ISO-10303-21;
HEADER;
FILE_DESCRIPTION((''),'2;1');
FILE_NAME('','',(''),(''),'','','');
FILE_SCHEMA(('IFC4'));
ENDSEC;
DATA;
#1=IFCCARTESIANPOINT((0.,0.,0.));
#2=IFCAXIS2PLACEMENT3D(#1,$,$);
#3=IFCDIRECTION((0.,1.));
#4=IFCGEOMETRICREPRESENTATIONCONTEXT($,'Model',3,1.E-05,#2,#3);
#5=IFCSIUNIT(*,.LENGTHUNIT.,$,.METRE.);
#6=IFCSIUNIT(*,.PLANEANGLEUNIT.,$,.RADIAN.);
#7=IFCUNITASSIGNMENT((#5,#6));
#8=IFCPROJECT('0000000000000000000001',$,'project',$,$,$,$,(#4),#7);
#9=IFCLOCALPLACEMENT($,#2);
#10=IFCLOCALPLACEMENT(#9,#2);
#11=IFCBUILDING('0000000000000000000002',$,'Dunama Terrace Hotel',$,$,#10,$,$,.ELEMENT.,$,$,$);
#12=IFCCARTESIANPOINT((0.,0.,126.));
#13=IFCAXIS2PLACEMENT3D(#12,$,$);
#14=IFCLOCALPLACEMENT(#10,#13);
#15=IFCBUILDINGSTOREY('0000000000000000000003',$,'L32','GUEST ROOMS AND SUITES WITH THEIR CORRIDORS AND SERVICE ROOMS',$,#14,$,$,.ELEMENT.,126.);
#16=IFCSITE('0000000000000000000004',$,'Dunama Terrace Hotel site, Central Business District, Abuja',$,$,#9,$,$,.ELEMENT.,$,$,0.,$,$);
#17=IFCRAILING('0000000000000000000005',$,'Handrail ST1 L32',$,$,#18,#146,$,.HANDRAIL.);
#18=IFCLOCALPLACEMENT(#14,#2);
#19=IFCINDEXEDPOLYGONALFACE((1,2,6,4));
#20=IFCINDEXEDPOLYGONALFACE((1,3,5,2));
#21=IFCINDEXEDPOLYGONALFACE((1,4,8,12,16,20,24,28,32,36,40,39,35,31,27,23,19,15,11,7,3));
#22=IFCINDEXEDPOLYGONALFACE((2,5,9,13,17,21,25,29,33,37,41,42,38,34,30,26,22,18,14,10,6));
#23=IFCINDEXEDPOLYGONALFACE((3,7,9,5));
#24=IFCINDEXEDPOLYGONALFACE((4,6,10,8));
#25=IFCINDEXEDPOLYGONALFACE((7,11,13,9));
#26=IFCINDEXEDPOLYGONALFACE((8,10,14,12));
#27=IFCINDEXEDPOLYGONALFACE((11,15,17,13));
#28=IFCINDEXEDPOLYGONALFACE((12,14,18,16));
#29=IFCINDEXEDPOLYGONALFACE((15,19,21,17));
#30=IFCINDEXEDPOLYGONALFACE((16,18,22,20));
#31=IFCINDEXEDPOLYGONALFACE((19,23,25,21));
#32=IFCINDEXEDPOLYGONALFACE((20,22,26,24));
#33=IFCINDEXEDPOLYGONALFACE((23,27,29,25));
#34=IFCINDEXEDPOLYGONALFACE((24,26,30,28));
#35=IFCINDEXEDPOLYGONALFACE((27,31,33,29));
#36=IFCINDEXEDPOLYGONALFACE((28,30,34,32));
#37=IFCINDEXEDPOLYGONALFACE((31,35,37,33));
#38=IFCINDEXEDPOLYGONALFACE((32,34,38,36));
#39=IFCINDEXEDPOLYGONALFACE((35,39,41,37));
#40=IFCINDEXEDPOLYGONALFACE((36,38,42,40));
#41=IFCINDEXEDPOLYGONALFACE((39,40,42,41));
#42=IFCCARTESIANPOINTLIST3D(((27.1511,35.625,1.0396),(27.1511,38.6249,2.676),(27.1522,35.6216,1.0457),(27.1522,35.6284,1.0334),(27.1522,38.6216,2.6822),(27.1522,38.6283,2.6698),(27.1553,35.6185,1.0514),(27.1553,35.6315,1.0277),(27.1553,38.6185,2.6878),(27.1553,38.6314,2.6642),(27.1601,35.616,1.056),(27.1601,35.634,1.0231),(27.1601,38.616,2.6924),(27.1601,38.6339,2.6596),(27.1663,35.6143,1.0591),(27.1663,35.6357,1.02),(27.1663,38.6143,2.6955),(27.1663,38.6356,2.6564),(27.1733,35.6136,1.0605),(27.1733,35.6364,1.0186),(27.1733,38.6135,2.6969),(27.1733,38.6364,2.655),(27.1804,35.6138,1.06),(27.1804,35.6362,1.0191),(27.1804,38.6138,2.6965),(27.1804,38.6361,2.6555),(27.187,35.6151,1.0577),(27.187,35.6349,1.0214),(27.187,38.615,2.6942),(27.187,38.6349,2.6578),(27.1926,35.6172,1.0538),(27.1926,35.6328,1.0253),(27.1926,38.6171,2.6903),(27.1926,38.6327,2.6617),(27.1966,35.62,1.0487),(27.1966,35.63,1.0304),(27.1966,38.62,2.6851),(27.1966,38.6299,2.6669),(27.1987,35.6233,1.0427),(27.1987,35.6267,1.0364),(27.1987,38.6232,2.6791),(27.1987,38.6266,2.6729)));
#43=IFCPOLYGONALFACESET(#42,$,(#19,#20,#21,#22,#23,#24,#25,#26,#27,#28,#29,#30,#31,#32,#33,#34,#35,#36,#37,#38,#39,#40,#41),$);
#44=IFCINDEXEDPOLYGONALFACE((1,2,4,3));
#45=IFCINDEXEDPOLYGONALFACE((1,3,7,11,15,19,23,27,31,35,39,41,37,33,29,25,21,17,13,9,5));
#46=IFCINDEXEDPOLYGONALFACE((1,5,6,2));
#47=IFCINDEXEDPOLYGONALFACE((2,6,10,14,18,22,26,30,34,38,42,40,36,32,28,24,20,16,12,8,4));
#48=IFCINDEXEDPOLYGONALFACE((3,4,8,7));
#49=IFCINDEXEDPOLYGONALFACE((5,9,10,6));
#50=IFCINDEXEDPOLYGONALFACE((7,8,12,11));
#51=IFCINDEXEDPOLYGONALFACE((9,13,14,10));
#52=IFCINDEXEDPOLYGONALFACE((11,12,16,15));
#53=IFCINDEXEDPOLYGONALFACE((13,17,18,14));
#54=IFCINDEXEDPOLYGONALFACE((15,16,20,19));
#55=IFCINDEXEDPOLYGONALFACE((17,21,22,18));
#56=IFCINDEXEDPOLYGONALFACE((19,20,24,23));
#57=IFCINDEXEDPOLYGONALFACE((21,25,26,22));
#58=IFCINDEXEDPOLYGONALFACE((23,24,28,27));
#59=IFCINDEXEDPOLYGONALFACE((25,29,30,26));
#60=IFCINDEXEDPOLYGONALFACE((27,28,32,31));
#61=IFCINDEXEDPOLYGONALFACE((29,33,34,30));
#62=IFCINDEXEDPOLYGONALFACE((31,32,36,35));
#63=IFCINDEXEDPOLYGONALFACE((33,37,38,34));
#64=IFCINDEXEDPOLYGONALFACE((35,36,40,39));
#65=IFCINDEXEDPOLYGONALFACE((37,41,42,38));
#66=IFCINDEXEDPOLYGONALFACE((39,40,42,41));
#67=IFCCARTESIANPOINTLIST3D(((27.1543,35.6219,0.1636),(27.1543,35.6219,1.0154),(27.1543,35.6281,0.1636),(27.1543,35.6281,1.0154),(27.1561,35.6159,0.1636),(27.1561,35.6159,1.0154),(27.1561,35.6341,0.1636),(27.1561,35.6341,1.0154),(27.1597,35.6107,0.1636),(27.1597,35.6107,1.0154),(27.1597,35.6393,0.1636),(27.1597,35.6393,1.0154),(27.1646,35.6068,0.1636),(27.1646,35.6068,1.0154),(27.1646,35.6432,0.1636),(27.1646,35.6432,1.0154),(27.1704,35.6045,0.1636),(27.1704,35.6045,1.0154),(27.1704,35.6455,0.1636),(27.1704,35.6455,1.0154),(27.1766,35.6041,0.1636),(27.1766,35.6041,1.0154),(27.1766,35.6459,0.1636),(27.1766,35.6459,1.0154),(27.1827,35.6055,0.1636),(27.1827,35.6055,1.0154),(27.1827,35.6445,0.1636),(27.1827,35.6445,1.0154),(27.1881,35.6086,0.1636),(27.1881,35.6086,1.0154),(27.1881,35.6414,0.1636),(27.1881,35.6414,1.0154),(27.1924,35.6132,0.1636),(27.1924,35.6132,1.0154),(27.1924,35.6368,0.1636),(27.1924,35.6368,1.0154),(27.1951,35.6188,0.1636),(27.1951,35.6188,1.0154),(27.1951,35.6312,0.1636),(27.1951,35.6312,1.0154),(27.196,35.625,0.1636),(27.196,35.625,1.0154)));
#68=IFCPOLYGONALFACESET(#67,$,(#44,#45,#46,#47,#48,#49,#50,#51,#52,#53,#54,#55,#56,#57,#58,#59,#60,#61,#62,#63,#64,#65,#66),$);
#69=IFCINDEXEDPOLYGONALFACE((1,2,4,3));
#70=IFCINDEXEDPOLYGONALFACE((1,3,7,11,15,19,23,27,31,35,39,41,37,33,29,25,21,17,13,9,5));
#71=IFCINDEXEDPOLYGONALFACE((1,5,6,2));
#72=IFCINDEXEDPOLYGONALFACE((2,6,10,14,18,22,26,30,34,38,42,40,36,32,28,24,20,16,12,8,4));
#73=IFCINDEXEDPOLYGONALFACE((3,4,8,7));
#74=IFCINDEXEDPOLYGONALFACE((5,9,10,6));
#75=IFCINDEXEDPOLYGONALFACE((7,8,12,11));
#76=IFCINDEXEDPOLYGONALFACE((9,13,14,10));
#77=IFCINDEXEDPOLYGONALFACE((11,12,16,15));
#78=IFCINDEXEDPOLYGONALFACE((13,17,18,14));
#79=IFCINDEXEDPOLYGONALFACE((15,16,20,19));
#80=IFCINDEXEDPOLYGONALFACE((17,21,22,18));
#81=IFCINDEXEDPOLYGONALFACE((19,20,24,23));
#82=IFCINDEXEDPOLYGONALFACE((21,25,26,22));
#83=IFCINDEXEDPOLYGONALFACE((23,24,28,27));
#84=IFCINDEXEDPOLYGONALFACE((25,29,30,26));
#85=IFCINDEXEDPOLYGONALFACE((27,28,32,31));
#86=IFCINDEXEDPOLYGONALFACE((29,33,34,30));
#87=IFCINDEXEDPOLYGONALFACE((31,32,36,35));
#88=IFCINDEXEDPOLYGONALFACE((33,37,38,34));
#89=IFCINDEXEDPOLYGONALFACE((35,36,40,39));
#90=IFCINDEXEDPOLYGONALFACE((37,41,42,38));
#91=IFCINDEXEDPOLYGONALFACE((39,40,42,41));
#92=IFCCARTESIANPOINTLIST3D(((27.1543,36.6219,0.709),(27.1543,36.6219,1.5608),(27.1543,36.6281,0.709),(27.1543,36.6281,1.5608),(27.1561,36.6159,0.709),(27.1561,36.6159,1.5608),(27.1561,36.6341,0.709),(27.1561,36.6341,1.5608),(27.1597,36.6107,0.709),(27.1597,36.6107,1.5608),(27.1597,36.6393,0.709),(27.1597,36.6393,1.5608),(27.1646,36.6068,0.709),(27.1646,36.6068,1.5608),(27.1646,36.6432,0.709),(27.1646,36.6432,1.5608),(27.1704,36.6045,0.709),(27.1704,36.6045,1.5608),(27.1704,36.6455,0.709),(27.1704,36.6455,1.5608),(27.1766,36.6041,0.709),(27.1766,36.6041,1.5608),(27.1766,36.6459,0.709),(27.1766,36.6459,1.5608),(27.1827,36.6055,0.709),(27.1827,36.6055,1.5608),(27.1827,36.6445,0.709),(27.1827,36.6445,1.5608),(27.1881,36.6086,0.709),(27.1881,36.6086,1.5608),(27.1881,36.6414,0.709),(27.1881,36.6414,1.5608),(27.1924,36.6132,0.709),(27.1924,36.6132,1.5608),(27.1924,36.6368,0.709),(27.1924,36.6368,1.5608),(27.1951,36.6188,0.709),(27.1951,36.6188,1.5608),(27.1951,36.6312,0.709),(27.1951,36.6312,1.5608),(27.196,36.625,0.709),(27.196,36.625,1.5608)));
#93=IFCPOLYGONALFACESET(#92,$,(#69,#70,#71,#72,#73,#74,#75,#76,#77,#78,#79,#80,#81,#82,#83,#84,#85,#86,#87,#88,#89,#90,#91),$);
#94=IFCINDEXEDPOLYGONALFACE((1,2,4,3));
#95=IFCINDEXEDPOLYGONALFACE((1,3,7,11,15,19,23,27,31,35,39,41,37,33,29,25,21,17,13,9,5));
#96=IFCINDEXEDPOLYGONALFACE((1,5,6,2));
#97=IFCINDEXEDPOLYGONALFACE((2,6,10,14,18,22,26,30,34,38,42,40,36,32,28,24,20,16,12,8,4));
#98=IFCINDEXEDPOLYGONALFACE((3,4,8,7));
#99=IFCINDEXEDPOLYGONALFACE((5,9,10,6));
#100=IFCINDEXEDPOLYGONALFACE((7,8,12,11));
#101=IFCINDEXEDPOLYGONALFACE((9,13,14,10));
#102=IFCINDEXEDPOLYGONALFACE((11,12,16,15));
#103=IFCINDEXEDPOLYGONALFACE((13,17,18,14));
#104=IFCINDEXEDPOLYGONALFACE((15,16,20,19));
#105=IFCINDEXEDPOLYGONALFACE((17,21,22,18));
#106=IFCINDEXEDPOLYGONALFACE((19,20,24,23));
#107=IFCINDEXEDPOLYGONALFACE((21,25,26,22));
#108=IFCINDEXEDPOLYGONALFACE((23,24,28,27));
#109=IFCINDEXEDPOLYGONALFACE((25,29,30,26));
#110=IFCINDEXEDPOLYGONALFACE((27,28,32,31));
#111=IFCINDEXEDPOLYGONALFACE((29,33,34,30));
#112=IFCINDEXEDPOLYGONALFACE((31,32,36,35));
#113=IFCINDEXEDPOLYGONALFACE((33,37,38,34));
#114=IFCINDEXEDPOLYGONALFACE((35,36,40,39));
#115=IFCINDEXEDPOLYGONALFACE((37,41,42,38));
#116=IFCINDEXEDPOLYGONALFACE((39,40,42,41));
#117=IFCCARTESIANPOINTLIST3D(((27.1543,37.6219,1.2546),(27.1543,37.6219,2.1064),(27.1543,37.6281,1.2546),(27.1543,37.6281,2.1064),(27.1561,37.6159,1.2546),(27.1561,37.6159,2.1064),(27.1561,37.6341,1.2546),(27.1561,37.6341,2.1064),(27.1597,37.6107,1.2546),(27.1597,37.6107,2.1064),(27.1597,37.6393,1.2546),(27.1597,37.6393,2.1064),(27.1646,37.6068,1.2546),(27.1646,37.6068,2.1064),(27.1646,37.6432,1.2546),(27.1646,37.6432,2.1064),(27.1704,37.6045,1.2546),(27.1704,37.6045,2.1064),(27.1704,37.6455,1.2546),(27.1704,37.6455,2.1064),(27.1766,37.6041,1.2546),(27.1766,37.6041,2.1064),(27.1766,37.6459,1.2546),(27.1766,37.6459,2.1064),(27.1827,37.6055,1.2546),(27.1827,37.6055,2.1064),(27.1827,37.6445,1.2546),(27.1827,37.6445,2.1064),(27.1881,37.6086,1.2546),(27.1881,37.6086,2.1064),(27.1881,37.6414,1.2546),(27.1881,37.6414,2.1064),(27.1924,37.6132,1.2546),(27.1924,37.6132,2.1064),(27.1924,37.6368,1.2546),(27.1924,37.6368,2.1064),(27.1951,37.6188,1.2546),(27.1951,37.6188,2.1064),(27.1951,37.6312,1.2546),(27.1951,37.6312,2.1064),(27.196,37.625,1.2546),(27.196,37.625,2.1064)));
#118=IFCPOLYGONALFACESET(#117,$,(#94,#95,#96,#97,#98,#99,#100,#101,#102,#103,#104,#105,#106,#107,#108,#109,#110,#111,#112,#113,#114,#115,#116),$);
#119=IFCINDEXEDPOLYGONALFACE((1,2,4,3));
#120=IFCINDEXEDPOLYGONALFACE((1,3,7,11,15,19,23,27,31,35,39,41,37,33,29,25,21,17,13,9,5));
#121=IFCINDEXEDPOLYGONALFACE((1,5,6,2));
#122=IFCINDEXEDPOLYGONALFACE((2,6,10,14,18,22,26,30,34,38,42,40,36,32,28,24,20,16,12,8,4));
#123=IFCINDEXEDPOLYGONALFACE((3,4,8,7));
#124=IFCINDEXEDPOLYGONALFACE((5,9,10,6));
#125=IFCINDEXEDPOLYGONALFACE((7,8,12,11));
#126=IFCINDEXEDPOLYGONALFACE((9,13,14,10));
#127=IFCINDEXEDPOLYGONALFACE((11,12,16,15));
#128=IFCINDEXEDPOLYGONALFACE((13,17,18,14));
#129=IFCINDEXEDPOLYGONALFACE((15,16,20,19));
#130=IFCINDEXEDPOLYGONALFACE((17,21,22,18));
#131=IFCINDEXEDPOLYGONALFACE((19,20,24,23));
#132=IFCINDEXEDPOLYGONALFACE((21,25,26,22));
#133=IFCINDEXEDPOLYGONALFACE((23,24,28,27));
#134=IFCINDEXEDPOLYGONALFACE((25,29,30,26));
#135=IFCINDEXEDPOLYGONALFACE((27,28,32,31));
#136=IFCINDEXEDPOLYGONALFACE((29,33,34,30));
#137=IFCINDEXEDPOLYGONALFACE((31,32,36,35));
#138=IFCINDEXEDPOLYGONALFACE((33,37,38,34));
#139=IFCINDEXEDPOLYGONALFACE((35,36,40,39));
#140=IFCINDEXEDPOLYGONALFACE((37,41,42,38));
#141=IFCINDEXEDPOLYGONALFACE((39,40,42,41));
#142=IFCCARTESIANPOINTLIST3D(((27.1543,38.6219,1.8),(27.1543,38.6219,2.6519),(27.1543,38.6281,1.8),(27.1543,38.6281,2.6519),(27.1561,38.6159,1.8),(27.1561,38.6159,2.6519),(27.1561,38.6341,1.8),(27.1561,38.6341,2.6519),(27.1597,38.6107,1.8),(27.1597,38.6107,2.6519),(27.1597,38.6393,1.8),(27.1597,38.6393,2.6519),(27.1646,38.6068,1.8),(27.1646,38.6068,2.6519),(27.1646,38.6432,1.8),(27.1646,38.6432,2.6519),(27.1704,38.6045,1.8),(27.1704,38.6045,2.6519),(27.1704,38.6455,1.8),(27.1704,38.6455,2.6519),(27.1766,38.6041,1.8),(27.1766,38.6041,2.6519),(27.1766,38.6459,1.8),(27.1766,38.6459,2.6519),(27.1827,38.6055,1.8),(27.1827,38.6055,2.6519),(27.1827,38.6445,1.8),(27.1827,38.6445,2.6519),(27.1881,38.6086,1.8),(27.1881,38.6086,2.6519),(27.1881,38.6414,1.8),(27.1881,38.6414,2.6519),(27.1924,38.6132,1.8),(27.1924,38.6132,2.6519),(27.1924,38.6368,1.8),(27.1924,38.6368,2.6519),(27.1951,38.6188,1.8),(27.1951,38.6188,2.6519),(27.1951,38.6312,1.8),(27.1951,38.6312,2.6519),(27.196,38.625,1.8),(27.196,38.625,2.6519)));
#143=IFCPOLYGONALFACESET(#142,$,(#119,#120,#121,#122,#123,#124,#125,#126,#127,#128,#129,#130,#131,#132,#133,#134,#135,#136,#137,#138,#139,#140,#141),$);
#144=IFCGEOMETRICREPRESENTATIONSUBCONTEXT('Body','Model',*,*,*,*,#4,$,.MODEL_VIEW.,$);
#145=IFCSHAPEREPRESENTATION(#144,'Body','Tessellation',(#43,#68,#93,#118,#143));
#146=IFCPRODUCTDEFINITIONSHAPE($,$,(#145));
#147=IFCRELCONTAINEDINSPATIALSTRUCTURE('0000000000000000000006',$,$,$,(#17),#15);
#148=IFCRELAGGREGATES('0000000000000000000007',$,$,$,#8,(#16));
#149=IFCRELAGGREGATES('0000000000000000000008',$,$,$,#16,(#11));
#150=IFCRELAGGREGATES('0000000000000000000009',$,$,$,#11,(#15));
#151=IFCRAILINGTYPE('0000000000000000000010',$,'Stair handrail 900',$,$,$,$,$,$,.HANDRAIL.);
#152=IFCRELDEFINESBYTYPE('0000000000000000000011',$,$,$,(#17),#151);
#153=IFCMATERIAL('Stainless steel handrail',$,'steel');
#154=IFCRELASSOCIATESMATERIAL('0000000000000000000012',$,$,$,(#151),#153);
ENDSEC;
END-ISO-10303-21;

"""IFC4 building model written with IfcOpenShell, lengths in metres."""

from ifc_helpers import new_model, si_unit, direction, frame, origin, origin_2d, place, context, subcontext, project, spatial, circle, extrude, material, type_object, element, save


model = new_model("IFC4")

# Units and contexts
model_context = context("Model", 3, precision=1e-05, world=origin(), true_north=direction((0.0, 1.0)))
body_context = subcontext(model_context, "Body", "Model", "MODEL_VIEW")
ifc_project = project(units=[si_unit("LENGTHUNIT", "METRE"), si_unit("PLANEANGLEUNIT", "RADIAN")], contexts=[model_context])

# Site, building, storey
site_placement = place(None, origin())
site = spatial("IfcSite", under=ifc_project, at=site_placement, Name="Dunama Terrace Hotel site, Central Business District, Abuja", CompositionType="ELEMENT", RefElevation=0.0)
building_placement = place(site_placement, origin())
building = spatial("IfcBuilding", under=site, at=building_placement, Name="Dunama Terrace Hotel", CompositionType="ELEMENT")
storey_placement = place(building_placement, frame((0.0, 0.0, 126.0)))
storey = spatial("IfcBuildingStorey", under=building, at=storey_placement, Name="L32", Description="GUEST ROOMS AND SUITES WITH THEIR CORRIDORS AND SERVICE ROOMS", CompositionType="ELEMENT", Elevation=126.0)

# Railing
ifc_material_1 = material(Name="Stainless steel handrail", Category="steel")
railing_type = type_object("IfcRailingType", Name="Stair handrail 900", PredefinedType="HANDRAIL", material=ifc_material_1)
railing_1_placement = place(storey_placement, frame((27.175, 35.625, 0.1636)))
element("IfcRailing", 1, at=railing_1_placement, inside=storey, type_object=railing_type, Name="Handrail ST1 L32", PredefinedType="HANDRAIL", context=body_context, shape_type="SweptSolid", body=[
    extrude(circle(Radius=0.0239, at=origin_2d()), frame((0.0, 0.0, 0.876), z_axis=(0.0, 0.877882, 0.478877), x_axis=(-1.0, 0.0, 0.0)), (0.0, 0.0, 1.0), 3.4172),
    extrude(circle(Radius=0.021, at=origin_2d()), origin(), (0.0, 0.0, 1.0), 0.8518),
    extrude(circle(Radius=0.021, at=origin_2d()), frame((0.0, 1.0, 0.5454)), (0.0, 0.0, 1.0), 0.8518),
    extrude(circle(Radius=0.021, at=origin_2d()), frame((0.0, 2.0, 1.0911)), (0.0, 0.0, 1.0), 0.8518),
    extrude(circle(Radius=0.021, at=origin_2d()), frame((0.0, 3.0, 1.6365)), (0.0, 0.0, 1.0), 0.8518),
])

save(model, "model.ifc")
